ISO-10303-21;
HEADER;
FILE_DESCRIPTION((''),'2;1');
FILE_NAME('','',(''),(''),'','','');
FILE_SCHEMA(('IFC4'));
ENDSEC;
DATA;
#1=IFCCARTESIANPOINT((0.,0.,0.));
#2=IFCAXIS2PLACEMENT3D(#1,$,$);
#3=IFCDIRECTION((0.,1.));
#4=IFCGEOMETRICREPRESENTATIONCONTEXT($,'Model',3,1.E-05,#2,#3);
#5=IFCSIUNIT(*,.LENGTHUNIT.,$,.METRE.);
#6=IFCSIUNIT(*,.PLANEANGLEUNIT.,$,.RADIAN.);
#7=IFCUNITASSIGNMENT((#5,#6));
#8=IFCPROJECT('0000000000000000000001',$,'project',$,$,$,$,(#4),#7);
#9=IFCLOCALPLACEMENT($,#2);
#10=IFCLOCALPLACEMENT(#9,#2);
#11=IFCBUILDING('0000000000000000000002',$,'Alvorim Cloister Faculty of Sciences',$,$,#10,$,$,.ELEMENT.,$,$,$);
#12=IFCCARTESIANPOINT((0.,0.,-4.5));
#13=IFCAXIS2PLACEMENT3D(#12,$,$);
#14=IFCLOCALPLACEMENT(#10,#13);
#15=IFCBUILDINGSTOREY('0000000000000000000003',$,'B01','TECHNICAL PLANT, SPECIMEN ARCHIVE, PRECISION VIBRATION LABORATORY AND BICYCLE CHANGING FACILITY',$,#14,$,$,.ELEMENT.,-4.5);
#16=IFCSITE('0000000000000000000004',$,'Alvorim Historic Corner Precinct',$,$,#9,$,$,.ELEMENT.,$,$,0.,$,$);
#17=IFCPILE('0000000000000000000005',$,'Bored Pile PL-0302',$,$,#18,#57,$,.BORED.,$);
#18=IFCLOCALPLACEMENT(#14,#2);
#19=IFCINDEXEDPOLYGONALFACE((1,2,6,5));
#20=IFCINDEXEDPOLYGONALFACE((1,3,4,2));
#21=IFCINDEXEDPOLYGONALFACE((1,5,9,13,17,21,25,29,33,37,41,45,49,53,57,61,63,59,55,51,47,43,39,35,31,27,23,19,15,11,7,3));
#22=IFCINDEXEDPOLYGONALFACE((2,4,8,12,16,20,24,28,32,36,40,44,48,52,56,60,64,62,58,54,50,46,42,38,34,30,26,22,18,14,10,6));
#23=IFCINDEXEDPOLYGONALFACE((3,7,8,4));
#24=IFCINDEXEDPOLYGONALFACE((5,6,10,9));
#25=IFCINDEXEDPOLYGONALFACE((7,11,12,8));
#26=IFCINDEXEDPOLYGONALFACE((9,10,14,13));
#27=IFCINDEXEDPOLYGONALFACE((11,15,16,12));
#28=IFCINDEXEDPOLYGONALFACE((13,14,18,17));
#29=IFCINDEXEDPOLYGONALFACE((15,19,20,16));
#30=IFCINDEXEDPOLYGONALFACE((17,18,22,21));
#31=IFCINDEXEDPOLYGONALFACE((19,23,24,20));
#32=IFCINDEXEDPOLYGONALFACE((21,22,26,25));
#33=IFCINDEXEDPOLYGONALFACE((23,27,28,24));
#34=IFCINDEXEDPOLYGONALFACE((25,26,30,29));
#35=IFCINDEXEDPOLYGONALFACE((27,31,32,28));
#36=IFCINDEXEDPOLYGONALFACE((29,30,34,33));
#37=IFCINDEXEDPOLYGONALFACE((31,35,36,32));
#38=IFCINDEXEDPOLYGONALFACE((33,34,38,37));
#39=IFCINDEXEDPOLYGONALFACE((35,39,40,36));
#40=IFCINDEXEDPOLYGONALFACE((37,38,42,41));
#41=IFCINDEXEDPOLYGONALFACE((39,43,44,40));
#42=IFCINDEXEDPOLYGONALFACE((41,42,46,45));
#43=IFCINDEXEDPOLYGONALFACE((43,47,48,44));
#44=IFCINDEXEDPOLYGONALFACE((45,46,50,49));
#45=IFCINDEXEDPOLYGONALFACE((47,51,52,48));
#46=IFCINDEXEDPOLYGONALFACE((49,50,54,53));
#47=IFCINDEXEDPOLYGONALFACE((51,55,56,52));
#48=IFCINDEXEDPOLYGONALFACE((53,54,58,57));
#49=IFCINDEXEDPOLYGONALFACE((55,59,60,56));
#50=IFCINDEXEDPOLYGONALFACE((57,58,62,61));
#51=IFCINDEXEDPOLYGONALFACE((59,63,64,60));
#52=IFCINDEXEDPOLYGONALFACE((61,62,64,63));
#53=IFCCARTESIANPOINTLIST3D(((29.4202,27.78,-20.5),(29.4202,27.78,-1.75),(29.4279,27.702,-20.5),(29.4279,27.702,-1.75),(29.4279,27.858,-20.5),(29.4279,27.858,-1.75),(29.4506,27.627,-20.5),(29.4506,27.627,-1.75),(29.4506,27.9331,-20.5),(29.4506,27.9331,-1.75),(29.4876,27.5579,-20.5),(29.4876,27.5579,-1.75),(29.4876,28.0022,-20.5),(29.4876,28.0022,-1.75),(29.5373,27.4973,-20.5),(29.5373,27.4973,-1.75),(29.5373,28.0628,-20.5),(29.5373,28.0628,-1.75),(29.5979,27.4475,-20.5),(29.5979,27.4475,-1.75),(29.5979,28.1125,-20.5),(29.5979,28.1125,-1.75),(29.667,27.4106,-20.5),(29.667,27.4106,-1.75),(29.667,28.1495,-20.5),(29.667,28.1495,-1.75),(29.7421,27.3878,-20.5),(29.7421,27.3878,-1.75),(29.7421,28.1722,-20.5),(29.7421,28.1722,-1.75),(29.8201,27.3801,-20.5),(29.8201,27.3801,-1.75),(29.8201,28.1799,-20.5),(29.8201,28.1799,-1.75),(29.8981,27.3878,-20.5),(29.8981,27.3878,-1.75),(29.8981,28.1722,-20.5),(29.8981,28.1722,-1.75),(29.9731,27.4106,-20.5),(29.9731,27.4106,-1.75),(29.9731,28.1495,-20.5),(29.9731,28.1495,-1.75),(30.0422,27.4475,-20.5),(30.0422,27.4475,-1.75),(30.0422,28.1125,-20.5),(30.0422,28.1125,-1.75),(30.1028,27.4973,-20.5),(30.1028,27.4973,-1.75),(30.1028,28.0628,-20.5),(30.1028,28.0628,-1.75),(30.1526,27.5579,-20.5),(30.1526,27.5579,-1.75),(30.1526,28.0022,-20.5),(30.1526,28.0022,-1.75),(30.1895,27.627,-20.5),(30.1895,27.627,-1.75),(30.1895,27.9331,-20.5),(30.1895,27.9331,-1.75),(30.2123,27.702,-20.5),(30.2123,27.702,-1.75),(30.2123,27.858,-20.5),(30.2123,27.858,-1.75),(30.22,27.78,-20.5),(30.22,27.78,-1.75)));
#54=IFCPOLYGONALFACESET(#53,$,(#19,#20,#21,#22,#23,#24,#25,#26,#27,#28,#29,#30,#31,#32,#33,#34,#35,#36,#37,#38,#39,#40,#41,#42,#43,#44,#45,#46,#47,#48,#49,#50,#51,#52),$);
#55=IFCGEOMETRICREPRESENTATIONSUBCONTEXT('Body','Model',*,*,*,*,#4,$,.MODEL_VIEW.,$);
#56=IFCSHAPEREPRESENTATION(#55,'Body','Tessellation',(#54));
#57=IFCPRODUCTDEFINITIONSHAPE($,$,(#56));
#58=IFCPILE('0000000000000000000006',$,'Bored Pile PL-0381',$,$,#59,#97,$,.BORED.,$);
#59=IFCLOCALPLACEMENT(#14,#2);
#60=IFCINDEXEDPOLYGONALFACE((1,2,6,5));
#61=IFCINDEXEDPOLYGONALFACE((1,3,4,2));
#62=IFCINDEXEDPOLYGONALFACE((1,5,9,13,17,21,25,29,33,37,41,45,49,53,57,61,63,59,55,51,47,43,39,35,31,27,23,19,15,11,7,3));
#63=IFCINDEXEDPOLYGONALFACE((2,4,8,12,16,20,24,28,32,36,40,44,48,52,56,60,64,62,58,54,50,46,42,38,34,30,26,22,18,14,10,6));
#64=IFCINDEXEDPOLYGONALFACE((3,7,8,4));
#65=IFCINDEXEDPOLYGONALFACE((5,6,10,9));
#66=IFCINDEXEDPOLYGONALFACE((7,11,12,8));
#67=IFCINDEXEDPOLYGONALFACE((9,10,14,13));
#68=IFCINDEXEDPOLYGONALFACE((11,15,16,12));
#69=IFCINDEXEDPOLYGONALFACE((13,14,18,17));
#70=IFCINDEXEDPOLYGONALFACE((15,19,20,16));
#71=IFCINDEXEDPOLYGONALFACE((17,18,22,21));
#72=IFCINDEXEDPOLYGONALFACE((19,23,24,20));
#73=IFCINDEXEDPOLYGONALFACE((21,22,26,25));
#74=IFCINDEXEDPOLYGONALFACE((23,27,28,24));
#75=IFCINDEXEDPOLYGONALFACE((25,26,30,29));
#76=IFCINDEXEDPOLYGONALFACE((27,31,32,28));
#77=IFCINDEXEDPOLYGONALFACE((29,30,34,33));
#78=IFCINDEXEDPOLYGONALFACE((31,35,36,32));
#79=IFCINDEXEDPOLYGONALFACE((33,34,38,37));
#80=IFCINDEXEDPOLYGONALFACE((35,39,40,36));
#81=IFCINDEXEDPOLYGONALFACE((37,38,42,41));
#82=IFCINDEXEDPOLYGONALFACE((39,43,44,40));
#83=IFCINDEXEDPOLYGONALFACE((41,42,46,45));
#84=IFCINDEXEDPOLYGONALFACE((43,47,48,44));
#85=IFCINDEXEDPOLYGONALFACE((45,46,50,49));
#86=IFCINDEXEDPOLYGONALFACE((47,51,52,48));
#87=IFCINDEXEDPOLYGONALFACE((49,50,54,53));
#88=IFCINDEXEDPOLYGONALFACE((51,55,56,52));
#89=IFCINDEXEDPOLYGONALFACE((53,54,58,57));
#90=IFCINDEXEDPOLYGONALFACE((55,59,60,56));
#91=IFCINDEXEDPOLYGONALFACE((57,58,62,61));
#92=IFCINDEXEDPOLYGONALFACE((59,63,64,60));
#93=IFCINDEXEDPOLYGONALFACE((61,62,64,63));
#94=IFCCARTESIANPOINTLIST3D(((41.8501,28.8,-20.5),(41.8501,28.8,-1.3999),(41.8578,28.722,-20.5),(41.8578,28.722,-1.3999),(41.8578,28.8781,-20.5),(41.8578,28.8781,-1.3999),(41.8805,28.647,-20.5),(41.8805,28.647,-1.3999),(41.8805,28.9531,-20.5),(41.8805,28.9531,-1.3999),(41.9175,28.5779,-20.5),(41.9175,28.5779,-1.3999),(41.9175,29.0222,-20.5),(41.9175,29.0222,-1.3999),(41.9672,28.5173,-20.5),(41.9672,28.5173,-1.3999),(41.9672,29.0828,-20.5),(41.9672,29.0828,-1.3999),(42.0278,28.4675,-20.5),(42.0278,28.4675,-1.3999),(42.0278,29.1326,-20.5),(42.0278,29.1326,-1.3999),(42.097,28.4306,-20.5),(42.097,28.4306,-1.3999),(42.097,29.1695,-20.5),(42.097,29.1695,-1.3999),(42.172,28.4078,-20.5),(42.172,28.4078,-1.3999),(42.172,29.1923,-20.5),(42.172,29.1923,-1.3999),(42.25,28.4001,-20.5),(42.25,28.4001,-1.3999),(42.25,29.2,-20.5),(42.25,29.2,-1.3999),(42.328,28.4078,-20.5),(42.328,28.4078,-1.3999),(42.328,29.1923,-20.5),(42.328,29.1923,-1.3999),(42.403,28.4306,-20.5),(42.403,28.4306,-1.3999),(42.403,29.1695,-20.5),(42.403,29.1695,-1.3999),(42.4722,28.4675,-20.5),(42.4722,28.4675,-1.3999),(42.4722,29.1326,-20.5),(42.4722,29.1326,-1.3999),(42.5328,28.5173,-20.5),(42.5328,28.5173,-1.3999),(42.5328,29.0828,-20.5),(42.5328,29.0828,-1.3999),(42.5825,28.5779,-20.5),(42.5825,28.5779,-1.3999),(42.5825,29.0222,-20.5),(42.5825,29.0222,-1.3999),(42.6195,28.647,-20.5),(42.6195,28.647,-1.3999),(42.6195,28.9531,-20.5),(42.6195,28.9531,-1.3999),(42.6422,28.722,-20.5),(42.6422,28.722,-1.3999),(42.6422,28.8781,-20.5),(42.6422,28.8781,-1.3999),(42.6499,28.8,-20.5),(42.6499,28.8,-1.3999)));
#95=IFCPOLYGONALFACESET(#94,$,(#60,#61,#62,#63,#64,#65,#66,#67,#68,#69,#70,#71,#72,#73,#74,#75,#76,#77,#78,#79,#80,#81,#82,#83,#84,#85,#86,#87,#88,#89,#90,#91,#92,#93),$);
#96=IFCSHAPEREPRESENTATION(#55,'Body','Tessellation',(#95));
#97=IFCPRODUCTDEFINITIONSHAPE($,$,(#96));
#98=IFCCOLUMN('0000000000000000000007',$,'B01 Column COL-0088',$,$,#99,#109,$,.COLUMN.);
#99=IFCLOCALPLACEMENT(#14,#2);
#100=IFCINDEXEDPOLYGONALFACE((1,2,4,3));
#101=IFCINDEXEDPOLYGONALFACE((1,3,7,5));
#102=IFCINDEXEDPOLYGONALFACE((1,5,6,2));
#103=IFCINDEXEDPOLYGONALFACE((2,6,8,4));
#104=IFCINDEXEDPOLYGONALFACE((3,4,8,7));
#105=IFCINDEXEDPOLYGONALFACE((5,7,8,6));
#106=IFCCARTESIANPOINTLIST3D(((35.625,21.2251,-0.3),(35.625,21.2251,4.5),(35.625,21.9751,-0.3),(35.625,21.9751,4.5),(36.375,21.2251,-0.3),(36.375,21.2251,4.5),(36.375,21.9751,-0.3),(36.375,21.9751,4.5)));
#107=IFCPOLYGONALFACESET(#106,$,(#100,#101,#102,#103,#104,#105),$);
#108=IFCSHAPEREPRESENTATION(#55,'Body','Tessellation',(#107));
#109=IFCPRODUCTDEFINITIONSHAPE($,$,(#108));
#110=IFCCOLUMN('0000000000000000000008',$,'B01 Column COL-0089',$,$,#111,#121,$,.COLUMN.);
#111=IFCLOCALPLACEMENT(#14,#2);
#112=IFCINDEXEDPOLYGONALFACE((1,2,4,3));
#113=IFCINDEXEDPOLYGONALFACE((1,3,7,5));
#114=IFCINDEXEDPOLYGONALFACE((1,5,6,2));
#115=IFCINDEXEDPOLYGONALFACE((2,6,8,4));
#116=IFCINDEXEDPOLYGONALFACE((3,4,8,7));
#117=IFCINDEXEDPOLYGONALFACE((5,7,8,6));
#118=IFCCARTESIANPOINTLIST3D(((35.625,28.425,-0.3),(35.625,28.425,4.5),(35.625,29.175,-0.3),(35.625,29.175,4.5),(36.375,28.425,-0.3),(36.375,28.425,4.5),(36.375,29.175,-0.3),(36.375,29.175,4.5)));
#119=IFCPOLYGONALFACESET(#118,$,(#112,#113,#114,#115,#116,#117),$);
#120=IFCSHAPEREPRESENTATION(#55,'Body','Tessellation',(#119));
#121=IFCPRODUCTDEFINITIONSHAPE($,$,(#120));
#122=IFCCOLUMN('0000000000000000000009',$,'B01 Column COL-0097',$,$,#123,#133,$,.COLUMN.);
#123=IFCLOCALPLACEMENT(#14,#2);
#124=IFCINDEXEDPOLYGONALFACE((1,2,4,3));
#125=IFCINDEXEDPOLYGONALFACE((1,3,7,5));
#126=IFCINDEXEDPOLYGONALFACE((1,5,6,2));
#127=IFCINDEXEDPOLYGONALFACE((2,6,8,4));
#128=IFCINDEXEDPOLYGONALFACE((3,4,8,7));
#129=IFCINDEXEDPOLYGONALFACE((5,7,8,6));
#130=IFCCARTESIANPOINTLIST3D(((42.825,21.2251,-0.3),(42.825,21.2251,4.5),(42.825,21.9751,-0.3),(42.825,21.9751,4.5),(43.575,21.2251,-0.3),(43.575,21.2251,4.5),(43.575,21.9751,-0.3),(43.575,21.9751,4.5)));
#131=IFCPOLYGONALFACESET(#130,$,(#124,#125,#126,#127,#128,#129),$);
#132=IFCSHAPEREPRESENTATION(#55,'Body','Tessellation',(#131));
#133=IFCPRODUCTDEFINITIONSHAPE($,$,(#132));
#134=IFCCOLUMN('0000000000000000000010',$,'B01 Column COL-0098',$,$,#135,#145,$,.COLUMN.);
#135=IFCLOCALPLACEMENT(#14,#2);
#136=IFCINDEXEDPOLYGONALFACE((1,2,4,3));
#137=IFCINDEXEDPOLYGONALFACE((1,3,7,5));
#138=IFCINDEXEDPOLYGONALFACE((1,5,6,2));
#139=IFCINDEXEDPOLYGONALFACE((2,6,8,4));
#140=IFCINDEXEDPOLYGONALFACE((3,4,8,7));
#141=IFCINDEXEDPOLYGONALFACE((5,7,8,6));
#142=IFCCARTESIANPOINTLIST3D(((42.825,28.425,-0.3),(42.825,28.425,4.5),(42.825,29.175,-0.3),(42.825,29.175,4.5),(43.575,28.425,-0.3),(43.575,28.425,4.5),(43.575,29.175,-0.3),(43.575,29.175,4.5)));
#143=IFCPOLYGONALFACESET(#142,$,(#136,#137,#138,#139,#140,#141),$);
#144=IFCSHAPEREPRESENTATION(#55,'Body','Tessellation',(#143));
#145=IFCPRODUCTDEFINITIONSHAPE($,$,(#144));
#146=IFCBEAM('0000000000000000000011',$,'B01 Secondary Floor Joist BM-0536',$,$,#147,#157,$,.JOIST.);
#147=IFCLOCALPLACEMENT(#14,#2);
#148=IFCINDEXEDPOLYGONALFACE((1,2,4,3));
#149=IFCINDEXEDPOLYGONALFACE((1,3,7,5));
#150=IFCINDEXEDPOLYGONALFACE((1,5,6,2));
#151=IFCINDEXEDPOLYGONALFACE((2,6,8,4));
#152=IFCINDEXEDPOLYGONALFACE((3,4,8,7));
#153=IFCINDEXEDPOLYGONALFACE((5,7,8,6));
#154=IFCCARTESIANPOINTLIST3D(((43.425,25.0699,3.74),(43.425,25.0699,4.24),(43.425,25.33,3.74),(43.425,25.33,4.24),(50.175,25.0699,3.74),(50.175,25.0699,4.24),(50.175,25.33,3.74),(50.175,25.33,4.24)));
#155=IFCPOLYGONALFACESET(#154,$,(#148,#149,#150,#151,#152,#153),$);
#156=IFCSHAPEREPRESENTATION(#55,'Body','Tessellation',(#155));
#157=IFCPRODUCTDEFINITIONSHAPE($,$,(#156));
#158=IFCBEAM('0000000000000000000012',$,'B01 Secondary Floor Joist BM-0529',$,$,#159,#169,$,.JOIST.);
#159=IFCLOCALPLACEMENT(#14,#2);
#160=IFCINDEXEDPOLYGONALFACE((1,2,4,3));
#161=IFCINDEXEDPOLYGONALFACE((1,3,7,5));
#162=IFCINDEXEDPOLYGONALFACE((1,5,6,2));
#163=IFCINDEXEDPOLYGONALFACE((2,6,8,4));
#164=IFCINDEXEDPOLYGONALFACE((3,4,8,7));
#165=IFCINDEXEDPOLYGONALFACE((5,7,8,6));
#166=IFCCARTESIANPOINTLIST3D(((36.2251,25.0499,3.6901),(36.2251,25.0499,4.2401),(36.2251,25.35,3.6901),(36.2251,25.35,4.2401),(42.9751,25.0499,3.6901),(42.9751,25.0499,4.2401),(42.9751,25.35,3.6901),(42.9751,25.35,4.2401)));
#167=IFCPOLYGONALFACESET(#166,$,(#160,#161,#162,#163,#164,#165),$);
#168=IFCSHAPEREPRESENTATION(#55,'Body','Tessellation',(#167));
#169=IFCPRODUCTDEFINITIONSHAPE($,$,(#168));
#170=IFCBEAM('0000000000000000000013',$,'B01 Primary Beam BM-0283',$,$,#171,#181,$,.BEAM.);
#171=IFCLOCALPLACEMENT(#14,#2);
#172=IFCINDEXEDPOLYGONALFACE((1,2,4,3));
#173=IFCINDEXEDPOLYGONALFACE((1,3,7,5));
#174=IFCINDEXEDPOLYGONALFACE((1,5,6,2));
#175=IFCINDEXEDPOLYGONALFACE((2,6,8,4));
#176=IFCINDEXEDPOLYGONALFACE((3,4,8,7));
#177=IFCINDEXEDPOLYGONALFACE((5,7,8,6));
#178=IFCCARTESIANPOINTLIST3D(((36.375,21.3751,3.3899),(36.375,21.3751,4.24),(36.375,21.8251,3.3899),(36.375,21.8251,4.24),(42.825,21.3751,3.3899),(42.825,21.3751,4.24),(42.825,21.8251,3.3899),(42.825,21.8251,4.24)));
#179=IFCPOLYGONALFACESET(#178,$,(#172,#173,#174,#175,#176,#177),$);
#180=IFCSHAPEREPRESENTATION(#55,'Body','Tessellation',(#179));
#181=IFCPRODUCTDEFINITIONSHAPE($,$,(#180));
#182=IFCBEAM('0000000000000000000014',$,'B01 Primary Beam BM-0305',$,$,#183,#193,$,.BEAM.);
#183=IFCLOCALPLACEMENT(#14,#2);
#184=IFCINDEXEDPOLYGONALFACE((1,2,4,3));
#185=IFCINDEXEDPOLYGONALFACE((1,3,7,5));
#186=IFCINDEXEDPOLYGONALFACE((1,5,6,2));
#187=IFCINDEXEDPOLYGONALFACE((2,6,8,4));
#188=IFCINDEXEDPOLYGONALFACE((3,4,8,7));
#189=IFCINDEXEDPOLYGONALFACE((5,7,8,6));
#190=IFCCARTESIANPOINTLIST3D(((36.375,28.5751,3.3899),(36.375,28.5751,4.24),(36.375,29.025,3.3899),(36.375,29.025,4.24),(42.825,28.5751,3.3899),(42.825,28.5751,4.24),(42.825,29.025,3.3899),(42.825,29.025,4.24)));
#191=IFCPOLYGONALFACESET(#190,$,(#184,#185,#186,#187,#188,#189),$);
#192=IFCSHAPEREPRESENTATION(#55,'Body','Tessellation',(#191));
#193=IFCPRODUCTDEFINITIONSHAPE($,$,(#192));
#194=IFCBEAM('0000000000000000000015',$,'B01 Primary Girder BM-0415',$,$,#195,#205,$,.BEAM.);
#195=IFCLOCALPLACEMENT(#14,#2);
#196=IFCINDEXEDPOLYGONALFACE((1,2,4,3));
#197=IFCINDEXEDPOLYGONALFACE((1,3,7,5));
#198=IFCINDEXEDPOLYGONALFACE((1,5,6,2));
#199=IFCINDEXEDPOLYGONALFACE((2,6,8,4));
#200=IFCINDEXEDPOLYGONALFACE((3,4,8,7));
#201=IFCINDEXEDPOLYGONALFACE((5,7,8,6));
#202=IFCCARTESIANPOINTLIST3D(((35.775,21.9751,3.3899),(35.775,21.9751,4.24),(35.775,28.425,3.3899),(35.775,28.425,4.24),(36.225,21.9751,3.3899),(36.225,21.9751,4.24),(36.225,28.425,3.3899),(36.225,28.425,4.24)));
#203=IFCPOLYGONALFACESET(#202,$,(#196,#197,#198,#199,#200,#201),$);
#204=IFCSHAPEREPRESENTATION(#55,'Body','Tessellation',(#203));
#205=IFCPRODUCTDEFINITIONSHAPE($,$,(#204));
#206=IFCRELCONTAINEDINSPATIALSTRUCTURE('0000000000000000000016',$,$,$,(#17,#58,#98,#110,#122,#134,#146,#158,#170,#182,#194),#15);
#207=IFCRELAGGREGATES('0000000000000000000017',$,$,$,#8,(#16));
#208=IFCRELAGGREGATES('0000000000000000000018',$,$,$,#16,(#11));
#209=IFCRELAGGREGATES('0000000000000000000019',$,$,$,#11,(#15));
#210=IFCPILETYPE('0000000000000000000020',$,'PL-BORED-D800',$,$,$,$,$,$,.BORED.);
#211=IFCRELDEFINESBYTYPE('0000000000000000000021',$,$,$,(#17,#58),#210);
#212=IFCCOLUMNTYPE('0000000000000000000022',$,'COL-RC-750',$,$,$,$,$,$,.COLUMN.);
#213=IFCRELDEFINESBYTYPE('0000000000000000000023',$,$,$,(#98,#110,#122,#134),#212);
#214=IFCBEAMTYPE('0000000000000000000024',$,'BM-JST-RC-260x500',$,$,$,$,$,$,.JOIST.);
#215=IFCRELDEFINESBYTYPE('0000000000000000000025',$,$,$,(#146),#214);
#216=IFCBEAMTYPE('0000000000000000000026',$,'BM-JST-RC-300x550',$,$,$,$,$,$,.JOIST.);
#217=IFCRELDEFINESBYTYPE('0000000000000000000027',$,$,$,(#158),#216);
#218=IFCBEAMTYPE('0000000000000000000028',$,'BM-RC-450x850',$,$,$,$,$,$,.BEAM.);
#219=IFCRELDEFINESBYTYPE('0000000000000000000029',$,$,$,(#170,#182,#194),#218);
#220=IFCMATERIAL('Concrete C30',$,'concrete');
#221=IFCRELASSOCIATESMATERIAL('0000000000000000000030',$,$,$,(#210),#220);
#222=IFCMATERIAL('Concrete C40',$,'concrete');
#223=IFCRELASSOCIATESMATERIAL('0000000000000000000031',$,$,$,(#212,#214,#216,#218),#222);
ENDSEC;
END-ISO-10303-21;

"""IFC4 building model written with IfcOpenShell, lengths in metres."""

from ifc_helpers import new_model, si_unit, direction, frame, origin, origin_2d, place, context, subcontext, project, spatial, rectangle, circle, extrude, material, material_profile, profile_set, type_object, element, save


model = new_model("IFC4")

# Units and contexts
model_context = context("Model", 3, precision=1e-05, world=origin(), true_north=direction((0.0, 1.0)))
body_context = subcontext(model_context, "Body", "Model", "MODEL_VIEW")
ifc_project = project(units=[si_unit("LENGTHUNIT", "METRE"), si_unit("PLANEANGLEUNIT", "RADIAN")], contexts=[model_context])

# Site, building, storey
site_placement = place(None, origin())
site = spatial("IfcSite", under=ifc_project, at=site_placement, Name="Alvorim Historic Corner Precinct", CompositionType="ELEMENT", RefElevation=0.0)
building_placement = place(site_placement, origin())
building = spatial("IfcBuilding", under=site, at=building_placement, Name="Alvorim Cloister Faculty of Sciences", CompositionType="ELEMENT")
storey_placement = place(building_placement, frame((0.0, 0.0, -4.5)))
storey = spatial("IfcBuildingStorey", under=building, at=storey_placement, Name="B01", Description="TECHNICAL PLANT, SPECIMEN ARCHIVE, PRECISION VIBRATION LABORATORY AND BICYCLE CHANGING FACILITY", CompositionType="ELEMENT", Elevation=-4.5)

# Shared definitions
ifc_material_1 = material(Name="Concrete C40", Category="concrete")

# Piles
ifc_material_2 = material(Name="Concrete C30", Category="concrete")
ifc_material_profile_1 = material_profile(ifc_material_2, circle(Radius=0.3999, at=origin_2d()), Name="PILE-D800")
ifc_profile_set_1 = profile_set([ifc_material_profile_1], Name="Concrete C30")
pile_type_1 = type_object("IfcPileType", Name="PL-BORED-D800", PredefinedType="BORED", material=ifc_profile_set_1)
for number, where, z_axis, x_axis, name in (
    (1, (29.8201, 27.78, -1.75), (0.0, 0.0, -1.0), (1.0, 0.0, 0.0), "Bored Pile PL-0302"),
):
    element("IfcPile", number, at=place(storey_placement, frame(where, z_axis=z_axis, x_axis=x_axis)), inside=storey, type_object=pile_type_1, Name=name, PredefinedType="BORED", context=body_context, shape_type="SweptSolid", body=[
        extrude(circle(Radius=0.3999, at=origin_2d()), origin(), (0.0, 0.0, 1.0), 18.75),
    ])
pile_placement = place(storey_placement, frame((42.25, 28.8, -1.3999), z_axis=(0.0, 0.0, -1.0), x_axis=(1.0, 0.0, 0.0)))
element("IfcPile", 2, at=pile_placement, inside=storey, type_object=pile_type_1, Name="Bored Pile PL-0381", PredefinedType="BORED", context=body_context, shape_type="SweptSolid", body=[
    extrude(circle(Radius=0.3999, at=origin_2d()), origin(), (0.0, 0.0, 1.0), 19.1001),
])

# Columns
ifc_material_profile_2 = material_profile(ifc_material_1, rectangle(XDim=0.75, YDim=0.75, at=origin_2d()), Name="RC40-COL-750x750")
ifc_profile_set_2 = profile_set([ifc_material_profile_2], Name="Concrete C40")
column_type = type_object("IfcColumnType", Name="COL-RC-750", PredefinedType="COLUMN", material=ifc_profile_set_2)
for number, where, z_axis, x_axis, name in (
    (3, (36.0, 21.6001, -0.3), (0.0, 0.0, 1.0), (1.0, 0.0, 0.0), "B01 Column COL-0088"),
    (4, (36.0, 28.8, -0.3), (0.0, 0.0, 1.0), (1.0, 0.0, 0.0), "B01 Column COL-0089"),
    (5, (43.2, 21.6001, -0.3), (0.0, 0.0, 1.0), (1.0, 0.0, 0.0), "B01 Column COL-0097"),
    (6, (43.2, 28.8, -0.3), (0.0, 0.0, 1.0), (1.0, 0.0, 0.0), "B01 Column COL-0098"),
):
    element("IfcColumn", number, at=place(storey_placement, frame(where, z_axis=z_axis, x_axis=x_axis)), inside=storey, type_object=column_type, Name=name, PredefinedType="COLUMN", context=body_context, shape_type="SweptSolid", body=[
        extrude(rectangle(XDim=0.75, YDim=0.75, at=origin_2d()), origin(), (0.0, 0.0, 1.0), 4.8),
    ])

# Beams
ifc_material_profile_3 = material_profile(ifc_material_1, rectangle(XDim=0.26, YDim=0.5, at=origin_2d()), Name="RC40-JST-260x500")
ifc_profile_set_3 = profile_set([ifc_material_profile_3], Name="Concrete C40")
beam_type_1 = type_object("IfcBeamType", Name="BM-JST-RC-260x500", PredefinedType="JOIST", material=ifc_profile_set_3)
beam_1_placement = place(storey_placement, frame((43.425, 25.2, 3.99), z_axis=(1.0, 0.0, 0.0), x_axis=(0.0, 1.0, 0.0)))
element("IfcBeam", 7, at=beam_1_placement, inside=storey, type_object=beam_type_1, Name="B01 Secondary Floor Joist BM-0536", PredefinedType="JOIST", context=body_context, shape_type="SweptSolid", body=[
    extrude(rectangle(XDim=0.26, YDim=0.5, at=origin_2d()), origin(), (0.0, 0.0, 1.0), 6.75),
])
ifc_material_profile_4 = material_profile(ifc_material_1, rectangle(XDim=0.3, YDim=0.55, at=origin_2d()), Name="RC40-JST-300x550")
ifc_profile_set_4 = profile_set([ifc_material_profile_4], Name="Concrete C40")
beam_type_2 = type_object("IfcBeamType", Name="BM-JST-RC-300x550", PredefinedType="JOIST", material=ifc_profile_set_4)
beam_2_placement = place(storey_placement, frame((36.2251, 25.2, 3.9651), z_axis=(1.0, 0.0, 0.0), x_axis=(0.0, 1.0, 0.0)))
element("IfcBeam", 8, at=beam_2_placement, inside=storey, type_object=beam_type_2, Name="B01 Secondary Floor Joist BM-0529", PredefinedType="JOIST", context=body_context, shape_type="SweptSolid", body=[
    extrude(rectangle(XDim=0.3, YDim=0.55, at=origin_2d()), origin(), (0.0, 0.0, 1.0), 6.75),
])
ifc_material_profile_5 = material_profile(ifc_material_1, rectangle(XDim=0.45, YDim=0.8501, at=origin_2d()), Name="RC40-BM-450x850")
ifc_profile_set_5 = profile_set([ifc_material_profile_5], Name="Concrete C40")
beam_type_3 = type_object("IfcBeamType", Name="BM-RC-450x850", PredefinedType="BEAM", material=ifc_profile_set_5)
for number, where, z_axis, x_axis, name in (
    (9, (36.375, 21.6001, 3.8149), (1.0, 0.0, 0.0), (0.0, 1.0, 0.0), "B01 Primary Beam BM-0283"),
    (10, (36.375, 28.8, 3.8149), (1.0, 0.0, 0.0), (0.0, 1.0, 0.0), "B01 Primary Beam BM-0305"),
    (11, (36.0, 21.9751, 3.8149), (0.0, 1.0, 0.0), (-1.0, 0.0, 0.0), "B01 Primary Girder BM-0415"),
):
    element("IfcBeam", number, at=place(storey_placement, frame(where, z_axis=z_axis, x_axis=x_axis)), inside=storey, type_object=beam_type_3, Name=name, PredefinedType="BEAM", context=body_context, shape_type="SweptSolid", body=[
        extrude(rectangle(XDim=0.45, YDim=0.8501, at=origin_2d()), origin(), (0.0, 0.0, 1.0), 6.45),
    ])

save(model, "model.ifc")
